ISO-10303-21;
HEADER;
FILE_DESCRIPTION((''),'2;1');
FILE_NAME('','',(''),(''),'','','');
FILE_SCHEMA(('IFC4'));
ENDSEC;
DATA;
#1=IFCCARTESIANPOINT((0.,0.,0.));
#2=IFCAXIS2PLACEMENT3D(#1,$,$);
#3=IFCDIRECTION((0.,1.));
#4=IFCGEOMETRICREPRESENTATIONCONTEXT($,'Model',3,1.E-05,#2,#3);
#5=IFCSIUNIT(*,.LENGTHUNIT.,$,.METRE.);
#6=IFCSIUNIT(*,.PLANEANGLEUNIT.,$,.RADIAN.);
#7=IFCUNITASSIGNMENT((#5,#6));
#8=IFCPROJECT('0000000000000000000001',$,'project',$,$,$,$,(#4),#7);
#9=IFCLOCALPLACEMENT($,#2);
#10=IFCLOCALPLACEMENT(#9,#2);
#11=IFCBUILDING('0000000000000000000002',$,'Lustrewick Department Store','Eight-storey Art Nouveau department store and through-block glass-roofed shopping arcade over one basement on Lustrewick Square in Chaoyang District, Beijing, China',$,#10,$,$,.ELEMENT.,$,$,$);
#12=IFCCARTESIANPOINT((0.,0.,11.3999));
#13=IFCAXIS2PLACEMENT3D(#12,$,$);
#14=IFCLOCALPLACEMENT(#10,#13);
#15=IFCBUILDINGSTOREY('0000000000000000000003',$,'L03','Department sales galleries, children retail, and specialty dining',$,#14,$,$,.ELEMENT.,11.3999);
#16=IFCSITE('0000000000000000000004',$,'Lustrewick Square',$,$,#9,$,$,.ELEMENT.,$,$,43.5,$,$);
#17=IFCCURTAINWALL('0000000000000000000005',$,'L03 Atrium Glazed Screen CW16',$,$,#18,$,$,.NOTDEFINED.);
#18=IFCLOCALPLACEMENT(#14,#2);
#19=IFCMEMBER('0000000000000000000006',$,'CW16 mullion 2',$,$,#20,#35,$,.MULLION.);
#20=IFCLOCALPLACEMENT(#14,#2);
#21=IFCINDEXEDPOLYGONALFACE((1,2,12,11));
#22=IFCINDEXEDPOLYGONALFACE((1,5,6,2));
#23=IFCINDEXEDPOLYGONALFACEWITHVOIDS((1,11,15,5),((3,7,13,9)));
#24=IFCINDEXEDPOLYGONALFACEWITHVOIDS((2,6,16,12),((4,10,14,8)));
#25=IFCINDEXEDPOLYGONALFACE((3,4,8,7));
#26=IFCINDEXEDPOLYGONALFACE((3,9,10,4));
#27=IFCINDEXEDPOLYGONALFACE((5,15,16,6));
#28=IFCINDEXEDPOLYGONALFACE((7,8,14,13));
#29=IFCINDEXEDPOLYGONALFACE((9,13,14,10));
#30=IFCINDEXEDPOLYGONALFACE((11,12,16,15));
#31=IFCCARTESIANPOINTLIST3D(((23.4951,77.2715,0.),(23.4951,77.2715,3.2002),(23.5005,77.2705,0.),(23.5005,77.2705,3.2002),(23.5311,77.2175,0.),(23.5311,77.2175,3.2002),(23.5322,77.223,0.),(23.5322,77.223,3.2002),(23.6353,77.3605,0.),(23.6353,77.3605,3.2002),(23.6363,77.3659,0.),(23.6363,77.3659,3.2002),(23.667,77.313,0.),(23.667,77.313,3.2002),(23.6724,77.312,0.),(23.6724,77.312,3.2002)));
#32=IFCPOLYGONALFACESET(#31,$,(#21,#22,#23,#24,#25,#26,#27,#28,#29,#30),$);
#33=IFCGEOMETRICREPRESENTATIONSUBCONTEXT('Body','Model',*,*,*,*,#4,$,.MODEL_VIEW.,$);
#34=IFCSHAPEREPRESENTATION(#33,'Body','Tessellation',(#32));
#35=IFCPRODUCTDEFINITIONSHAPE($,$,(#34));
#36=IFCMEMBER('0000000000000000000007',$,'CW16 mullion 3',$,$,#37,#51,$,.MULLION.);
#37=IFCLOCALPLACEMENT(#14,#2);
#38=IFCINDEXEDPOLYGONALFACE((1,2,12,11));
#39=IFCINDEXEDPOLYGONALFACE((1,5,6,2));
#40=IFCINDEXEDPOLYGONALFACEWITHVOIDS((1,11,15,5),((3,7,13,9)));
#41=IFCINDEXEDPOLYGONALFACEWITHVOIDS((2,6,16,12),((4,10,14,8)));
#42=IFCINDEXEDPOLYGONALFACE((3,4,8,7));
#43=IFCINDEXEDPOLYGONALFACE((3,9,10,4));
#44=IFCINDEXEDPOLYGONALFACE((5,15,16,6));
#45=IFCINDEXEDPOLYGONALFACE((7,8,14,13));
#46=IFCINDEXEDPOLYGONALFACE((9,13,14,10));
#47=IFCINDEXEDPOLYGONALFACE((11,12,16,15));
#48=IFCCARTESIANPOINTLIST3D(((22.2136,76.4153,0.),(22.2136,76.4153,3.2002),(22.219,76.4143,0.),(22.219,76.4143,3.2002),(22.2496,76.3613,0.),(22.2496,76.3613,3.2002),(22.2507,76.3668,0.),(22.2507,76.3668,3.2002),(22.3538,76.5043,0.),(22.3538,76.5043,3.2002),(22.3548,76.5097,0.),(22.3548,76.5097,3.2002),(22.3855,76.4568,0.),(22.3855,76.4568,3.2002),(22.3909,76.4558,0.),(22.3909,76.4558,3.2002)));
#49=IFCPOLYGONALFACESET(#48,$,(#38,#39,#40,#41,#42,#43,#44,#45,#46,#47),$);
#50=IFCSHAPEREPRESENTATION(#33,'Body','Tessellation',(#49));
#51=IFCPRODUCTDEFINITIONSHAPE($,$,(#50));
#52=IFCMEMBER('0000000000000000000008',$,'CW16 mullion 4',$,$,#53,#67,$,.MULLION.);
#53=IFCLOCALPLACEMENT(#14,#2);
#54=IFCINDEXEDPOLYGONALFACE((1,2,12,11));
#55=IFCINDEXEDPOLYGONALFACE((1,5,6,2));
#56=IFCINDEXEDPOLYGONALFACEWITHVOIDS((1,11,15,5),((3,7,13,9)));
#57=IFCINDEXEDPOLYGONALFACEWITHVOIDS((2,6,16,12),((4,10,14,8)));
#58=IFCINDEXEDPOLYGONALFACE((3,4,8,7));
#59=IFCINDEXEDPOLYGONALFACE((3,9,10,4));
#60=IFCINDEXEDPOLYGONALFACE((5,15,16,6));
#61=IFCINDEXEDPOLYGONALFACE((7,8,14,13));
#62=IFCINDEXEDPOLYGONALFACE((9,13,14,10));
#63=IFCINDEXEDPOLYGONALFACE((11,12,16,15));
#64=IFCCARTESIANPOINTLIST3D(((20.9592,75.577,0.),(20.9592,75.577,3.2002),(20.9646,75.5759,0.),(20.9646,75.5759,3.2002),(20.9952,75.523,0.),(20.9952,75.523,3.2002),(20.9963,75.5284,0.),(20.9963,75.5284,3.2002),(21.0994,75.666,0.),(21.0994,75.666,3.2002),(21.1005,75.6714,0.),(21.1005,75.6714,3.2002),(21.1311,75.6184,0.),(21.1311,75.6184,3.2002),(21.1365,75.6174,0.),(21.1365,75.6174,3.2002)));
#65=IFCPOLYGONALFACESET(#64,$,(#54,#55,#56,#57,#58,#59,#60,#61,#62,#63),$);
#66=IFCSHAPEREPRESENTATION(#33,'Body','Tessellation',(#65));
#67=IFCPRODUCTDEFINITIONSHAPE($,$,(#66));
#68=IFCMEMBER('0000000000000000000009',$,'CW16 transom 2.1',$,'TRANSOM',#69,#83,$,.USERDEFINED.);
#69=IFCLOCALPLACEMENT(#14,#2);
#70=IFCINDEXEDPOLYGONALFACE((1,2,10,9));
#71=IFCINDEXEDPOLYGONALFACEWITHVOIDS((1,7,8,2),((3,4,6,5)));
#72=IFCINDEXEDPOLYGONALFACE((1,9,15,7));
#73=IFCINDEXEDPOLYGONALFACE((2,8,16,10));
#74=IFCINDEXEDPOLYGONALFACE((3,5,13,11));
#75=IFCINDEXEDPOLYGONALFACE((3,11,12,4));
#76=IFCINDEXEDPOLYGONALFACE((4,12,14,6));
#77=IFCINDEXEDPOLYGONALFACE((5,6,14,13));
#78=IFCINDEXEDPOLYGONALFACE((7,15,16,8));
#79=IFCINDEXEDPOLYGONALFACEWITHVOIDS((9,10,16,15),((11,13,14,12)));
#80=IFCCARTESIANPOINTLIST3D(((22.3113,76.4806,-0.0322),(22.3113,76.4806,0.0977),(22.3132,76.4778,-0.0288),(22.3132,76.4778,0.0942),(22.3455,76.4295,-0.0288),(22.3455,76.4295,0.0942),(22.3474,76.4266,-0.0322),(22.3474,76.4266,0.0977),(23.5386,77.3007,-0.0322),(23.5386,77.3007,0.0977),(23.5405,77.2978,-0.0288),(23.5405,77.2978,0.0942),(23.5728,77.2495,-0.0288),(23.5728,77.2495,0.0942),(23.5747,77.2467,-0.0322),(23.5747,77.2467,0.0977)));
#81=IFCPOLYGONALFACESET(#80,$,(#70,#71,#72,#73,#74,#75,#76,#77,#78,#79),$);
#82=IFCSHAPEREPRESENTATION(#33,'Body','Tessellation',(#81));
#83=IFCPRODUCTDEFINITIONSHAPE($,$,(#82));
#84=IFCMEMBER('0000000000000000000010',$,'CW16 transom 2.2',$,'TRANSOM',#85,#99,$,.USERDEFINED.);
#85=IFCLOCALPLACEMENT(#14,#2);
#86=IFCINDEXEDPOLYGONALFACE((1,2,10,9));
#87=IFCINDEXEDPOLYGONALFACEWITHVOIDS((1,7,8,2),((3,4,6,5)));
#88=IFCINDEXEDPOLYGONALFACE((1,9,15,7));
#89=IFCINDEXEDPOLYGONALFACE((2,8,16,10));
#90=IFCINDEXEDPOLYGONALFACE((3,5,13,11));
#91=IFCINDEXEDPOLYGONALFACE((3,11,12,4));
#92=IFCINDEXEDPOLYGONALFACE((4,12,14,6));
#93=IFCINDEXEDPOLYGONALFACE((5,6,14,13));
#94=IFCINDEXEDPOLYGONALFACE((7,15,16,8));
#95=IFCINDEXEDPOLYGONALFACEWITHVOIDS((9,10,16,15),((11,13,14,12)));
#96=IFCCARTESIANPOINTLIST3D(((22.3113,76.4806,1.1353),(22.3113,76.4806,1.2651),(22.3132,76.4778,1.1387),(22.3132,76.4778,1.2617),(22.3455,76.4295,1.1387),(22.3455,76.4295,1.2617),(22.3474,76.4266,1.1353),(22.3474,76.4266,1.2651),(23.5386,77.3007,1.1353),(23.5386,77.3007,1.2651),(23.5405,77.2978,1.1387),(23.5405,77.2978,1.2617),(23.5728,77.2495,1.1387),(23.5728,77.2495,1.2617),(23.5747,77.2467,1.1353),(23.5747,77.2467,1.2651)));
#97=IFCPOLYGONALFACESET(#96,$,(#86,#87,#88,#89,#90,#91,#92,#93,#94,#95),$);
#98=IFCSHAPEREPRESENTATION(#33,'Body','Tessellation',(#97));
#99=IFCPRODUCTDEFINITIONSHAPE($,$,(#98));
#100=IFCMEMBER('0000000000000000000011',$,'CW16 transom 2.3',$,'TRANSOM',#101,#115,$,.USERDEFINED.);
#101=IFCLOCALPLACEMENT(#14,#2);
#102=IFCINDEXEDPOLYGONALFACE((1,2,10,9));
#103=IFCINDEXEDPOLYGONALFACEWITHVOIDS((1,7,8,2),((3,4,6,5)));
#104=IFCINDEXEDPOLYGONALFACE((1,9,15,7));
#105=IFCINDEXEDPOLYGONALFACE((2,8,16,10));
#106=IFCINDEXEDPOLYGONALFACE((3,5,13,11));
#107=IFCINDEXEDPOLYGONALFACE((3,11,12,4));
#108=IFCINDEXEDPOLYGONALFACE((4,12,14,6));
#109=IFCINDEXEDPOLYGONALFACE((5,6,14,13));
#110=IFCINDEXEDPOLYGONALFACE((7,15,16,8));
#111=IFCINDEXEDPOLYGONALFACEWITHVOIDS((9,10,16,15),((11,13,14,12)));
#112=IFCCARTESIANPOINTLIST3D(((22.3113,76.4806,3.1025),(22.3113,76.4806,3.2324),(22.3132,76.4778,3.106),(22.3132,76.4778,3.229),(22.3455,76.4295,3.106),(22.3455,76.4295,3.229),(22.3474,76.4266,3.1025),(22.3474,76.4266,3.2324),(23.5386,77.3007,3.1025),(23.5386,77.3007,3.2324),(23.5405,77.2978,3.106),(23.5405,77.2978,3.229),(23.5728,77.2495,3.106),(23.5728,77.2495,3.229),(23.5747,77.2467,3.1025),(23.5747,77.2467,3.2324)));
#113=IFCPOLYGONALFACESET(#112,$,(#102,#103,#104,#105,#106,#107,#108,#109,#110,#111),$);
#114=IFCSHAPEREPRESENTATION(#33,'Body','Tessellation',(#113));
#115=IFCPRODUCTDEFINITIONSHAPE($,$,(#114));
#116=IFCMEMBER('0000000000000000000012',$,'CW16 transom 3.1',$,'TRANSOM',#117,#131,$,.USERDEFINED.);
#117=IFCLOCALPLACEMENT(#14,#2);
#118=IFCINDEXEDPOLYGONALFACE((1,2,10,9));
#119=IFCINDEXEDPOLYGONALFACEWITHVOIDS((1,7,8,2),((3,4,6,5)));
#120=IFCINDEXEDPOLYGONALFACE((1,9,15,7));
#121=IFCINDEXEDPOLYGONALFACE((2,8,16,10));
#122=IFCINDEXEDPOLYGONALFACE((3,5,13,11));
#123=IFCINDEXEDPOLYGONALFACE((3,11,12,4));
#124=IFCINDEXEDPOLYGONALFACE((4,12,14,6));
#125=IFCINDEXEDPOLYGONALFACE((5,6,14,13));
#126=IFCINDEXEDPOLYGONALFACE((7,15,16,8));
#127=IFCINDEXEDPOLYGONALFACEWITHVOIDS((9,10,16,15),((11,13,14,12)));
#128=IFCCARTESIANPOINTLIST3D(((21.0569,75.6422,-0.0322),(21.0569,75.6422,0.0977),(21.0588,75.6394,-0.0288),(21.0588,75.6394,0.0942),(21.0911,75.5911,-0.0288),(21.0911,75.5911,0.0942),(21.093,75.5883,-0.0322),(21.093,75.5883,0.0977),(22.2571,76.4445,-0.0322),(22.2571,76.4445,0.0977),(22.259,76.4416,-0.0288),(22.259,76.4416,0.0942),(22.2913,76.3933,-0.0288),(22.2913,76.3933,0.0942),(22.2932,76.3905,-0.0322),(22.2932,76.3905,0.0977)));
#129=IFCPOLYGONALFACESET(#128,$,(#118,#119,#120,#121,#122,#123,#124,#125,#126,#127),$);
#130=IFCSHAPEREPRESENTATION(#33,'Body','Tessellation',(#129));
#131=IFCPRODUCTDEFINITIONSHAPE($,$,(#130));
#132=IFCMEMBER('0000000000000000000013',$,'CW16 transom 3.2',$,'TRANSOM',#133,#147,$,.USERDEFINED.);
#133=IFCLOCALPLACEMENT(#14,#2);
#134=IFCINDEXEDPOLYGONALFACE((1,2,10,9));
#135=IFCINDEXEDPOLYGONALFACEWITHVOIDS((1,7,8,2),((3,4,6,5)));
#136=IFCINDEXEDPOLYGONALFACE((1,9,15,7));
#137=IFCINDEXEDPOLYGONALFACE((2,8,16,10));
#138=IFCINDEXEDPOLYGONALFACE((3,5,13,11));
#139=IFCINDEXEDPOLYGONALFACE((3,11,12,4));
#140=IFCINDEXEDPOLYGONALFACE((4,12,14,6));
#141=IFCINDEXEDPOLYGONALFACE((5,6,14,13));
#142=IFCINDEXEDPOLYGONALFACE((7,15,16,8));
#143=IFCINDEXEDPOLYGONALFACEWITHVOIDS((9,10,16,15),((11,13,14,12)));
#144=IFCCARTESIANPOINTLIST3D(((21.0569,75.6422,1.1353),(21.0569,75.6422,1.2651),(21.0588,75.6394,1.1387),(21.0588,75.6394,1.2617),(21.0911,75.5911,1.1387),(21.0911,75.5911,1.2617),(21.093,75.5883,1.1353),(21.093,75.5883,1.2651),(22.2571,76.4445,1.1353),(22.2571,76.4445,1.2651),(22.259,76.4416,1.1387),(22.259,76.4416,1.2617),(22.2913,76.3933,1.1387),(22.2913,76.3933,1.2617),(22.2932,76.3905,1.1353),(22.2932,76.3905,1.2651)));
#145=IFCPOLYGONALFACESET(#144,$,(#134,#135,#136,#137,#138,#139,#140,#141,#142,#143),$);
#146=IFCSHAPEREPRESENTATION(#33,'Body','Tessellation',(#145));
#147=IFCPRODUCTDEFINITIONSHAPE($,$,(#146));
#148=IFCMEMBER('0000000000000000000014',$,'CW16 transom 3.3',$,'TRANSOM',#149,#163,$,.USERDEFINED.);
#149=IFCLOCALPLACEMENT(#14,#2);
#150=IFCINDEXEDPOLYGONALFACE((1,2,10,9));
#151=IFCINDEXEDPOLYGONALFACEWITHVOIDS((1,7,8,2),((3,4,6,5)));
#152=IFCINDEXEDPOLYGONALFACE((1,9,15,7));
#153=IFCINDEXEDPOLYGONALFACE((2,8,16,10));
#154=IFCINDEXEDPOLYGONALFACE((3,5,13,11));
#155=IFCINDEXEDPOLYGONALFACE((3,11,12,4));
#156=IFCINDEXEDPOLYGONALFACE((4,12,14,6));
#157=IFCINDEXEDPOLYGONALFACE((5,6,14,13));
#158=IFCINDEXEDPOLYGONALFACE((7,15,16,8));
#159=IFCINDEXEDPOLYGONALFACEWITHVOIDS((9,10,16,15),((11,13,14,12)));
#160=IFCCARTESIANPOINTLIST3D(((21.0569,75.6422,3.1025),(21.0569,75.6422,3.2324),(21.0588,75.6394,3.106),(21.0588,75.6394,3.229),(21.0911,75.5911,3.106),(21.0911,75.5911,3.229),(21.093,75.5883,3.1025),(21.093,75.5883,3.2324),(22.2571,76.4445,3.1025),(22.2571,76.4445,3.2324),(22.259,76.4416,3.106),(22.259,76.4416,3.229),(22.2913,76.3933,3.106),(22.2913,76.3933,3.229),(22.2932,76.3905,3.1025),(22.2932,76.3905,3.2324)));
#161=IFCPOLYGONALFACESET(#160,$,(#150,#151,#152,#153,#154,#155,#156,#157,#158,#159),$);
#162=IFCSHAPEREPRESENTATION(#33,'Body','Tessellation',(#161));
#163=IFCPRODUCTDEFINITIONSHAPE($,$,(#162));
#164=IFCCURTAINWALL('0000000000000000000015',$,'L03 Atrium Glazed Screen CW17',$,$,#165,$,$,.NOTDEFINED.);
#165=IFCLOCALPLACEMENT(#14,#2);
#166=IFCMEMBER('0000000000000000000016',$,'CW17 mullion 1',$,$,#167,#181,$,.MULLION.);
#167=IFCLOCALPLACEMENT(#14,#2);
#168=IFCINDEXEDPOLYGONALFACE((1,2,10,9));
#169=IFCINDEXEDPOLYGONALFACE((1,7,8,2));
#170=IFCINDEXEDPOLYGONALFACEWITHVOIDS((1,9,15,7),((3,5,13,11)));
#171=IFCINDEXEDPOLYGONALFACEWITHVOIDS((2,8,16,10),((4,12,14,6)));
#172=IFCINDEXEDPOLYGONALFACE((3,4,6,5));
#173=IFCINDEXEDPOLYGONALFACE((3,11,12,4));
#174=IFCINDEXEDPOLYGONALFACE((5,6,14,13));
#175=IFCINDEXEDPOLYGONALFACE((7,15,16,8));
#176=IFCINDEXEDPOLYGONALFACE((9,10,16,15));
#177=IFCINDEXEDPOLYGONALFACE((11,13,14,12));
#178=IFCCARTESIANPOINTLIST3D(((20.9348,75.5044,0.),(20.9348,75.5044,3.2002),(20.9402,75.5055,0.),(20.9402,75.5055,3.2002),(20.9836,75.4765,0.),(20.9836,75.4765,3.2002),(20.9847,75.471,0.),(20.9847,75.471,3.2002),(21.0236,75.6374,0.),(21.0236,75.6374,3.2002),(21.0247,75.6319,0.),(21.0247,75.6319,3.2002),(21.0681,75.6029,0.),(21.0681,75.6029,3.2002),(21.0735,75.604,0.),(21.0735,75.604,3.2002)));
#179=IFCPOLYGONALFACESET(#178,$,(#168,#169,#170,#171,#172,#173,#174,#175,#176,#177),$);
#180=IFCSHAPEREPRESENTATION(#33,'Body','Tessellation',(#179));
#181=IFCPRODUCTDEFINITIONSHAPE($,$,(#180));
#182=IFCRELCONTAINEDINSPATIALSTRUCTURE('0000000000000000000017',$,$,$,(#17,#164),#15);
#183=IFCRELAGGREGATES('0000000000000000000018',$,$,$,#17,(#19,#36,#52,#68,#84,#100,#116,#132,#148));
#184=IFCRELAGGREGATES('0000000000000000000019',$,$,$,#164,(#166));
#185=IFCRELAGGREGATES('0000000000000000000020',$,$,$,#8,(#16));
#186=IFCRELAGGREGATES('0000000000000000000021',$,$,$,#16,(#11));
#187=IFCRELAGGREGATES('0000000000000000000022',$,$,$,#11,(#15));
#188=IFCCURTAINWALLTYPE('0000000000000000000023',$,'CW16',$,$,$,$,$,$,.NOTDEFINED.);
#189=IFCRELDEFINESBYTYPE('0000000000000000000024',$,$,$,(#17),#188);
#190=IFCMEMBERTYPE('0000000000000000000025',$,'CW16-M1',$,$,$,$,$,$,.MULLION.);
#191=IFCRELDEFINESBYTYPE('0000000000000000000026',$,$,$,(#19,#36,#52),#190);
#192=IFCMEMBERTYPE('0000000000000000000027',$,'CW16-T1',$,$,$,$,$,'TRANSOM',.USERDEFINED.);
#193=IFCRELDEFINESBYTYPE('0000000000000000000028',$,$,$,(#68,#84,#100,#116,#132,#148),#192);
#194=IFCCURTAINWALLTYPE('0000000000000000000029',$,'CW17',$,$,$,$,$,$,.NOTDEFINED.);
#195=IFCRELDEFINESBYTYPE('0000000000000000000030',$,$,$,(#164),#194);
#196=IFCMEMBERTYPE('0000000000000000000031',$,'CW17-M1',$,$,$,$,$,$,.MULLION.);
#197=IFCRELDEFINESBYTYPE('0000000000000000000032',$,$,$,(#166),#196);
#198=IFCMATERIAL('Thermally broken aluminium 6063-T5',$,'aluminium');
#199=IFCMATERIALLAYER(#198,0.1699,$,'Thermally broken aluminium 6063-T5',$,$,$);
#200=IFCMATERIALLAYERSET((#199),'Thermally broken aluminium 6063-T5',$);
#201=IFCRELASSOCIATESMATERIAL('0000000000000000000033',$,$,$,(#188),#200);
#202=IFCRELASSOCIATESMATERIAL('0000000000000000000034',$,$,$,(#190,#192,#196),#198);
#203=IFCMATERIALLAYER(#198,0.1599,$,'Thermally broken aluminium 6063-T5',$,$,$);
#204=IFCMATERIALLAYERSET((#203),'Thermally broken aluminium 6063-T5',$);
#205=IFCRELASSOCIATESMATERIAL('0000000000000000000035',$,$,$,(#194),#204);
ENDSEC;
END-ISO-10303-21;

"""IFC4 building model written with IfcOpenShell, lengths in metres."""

from ifc_helpers import new_model, si_unit, direction, frame, origin, origin_2d, place, context, subcontext, project, spatial, hollow_rectangle, extrude, material, layer, layer_set, material_profile, profile_set, type_object, element, aggregate, save


model = new_model("IFC4")

# Units and contexts
model_context = context("Model", 3, precision=1e-05, world=origin(), true_north=direction((0.0, 1.0)))
body_context = subcontext(model_context, "Body", "Model", "MODEL_VIEW")
ifc_project = project(units=[si_unit("LENGTHUNIT", "METRE"), si_unit("PLANEANGLEUNIT", "RADIAN")], contexts=[model_context])

# Site, building, storey
site_placement = place(None, origin())
site = spatial("IfcSite", under=ifc_project, at=site_placement, Name="Lustrewick Square", CompositionType="ELEMENT", RefElevation=43.5)
building_placement = place(site_placement, origin())
building = spatial("IfcBuilding", under=site, at=building_placement, Name="Lustrewick Department Store", Description="Eight-storey Art Nouveau department store and through-block glass-roofed shopping arcade over one basement on Lustrewick Square in Chaoyang District, Beijing, China", CompositionType="ELEMENT")
storey_placement = place(building_placement, frame((0.0, 0.0, 11.3999)))
storey = spatial("IfcBuildingStorey", under=building, at=storey_placement, Name="L03", Description="Department sales galleries, children retail, and specialty dining", CompositionType="ELEMENT", Elevation=11.3999)

# Curtain walls, members
ifc_material_1 = material(Name="Thermally broken aluminium 6063-T5", Category="aluminium")
ifc_layer_1 = layer(ifc_material_1, 0.1699, Name="Thermally broken aluminium 6063-T5")
ifc_layer_set_1 = layer_set([ifc_layer_1], Name="Thermally broken aluminium 6063-T5")
curtain_wall_type_1 = type_object("IfcCurtainWallType", Name="CW16", PredefinedType="NOTDEFINED", material=ifc_layer_set_1)
curtain_wall_1_placement = place(storey_placement, origin())
curtain_wall_1 = element("IfcCurtainWall", 1, at=curtain_wall_1_placement, inside=storey, type_object=curtain_wall_type_1, Name="L03 Atrium Glazed Screen CW16", PredefinedType="NOTDEFINED")
ifc_material_profile_1 = material_profile(ifc_material_1, hollow_rectangle(XDim=0.0649, YDim=0.1699, WallThickness=0.0039, at=origin_2d()), Name="ALU-M 65x170x4")
ifc_profile_set_1 = profile_set([ifc_material_profile_1], Name="Thermally broken aluminium 6063-T5")
member_type_1 = type_object("IfcMemberType", Name="CW16-M1", PredefinedType="MULLION", material=ifc_profile_set_1)
member_1_placement = place(storey_placement, frame((23.5837, 77.2917, 0.0), z_axis=(0.0, 0.0, 1.0), x_axis=(0.555578, -0.831464, 0.0)))
member_1 = element("IfcMember", 2, at=member_1_placement, type_object=member_type_1, Name="CW16 mullion 2", PredefinedType="MULLION", context=body_context, shape_type="SweptSolid", body=[
    extrude(hollow_rectangle(XDim=0.0649, YDim=0.1699, WallThickness=0.0039, at=origin_2d()), origin(), (0.0, 0.0, 1.0), 3.2002),
])
member_2_placement = place(storey_placement, frame((22.3022, 76.4355, 0.0), z_axis=(0.0, 0.0, 1.0), x_axis=(0.555578, -0.831464, 0.0)))
member_2 = element("IfcMember", 3, at=member_2_placement, type_object=member_type_1, Name="CW16 mullion 3", PredefinedType="MULLION", context=body_context, shape_type="SweptSolid", body=[
    extrude(hollow_rectangle(XDim=0.0649, YDim=0.1699, WallThickness=0.0039, at=origin_2d()), origin(), (0.0, 0.0, 1.0), 3.2002),
])
member_3_placement = place(storey_placement, frame((21.0479, 75.5972, 0.0), z_axis=(0.0, 0.0, 1.0), x_axis=(0.555578, -0.831464, 0.0)))
member_3 = element("IfcMember", 4, at=member_3_placement, type_object=member_type_1, Name="CW16 mullion 4", PredefinedType="MULLION", context=body_context, shape_type="SweptSolid", body=[
    extrude(hollow_rectangle(XDim=0.0649, YDim=0.1699, WallThickness=0.0039, at=origin_2d()), origin(), (0.0, 0.0, 1.0), 3.2002),
])
ifc_material_profile_2 = material_profile(ifc_material_1, hollow_rectangle(XDim=0.0649, YDim=0.1299, WallThickness=0.0034, at=origin_2d()), Name="ALU-T 65x130x3.5")
ifc_profile_set_2 = profile_set([ifc_material_profile_2], Name="Thermally broken aluminium 6063-T5")
member_type_2 = type_object("IfcMemberType", Name="CW16-T1", ElementType="TRANSOM", PredefinedType="USERDEFINED", material=ifc_profile_set_2)
member_4_placement = place(storey_placement, frame((23.5566, 77.2737, 0.0327), z_axis=(-0.831465, -0.555578, 0.0), x_axis=(0.555578, -0.831465, 0.0)))
member_4 = element("IfcMember", 5, at=member_4_placement, type_object=member_type_2, Name="CW16 transom 2.1", ObjectType="TRANSOM", PredefinedType="USERDEFINED", context=body_context, shape_type="SweptSolid", body=[
    extrude(hollow_rectangle(XDim=0.0649, YDim=0.1299, WallThickness=0.0034, at=origin_2d()), origin(), (0.0, 0.0, 1.0), 1.4761),
])
member_5_placement = place(storey_placement, frame((23.5566, 77.2737, 1.2002), z_axis=(-0.831465, -0.555578, 0.0), x_axis=(0.555578, -0.831465, 0.0)))
member_5 = element("IfcMember", 6, at=member_5_placement, type_object=member_type_2, Name="CW16 transom 2.2", ObjectType="TRANSOM", PredefinedType="USERDEFINED", context=body_context, shape_type="SweptSolid", body=[
    extrude(hollow_rectangle(XDim=0.0649, YDim=0.1299, WallThickness=0.0034, at=origin_2d()), origin(), (0.0, 0.0, 1.0), 1.4761),
])
member_6_placement = place(storey_placement, frame((23.5566, 77.2737, 3.1675), z_axis=(-0.831465, -0.555578, 0.0), x_axis=(0.555578, -0.831465, 0.0)))
member_6 = element("IfcMember", 7, at=member_6_placement, type_object=member_type_2, Name="CW16 transom 2.3", ObjectType="TRANSOM", PredefinedType="USERDEFINED", context=body_context, shape_type="SweptSolid", body=[
    extrude(hollow_rectangle(XDim=0.0649, YDim=0.1299, WallThickness=0.0034, at=origin_2d()), origin(), (0.0, 0.0, 1.0), 1.4761),
])
member_7_placement = place(storey_placement, frame((22.2751, 76.4175, 0.0327), z_axis=(-0.831373, -0.555714, 0.0), x_axis=(0.555714, -0.831373, 0.0)))
member_7 = element("IfcMember", 8, at=member_7_placement, type_object=member_type_2, Name="CW16 transom 3.1", ObjectType="TRANSOM", PredefinedType="USERDEFINED", context=body_context, shape_type="SweptSolid", body=[
    extrude(hollow_rectangle(XDim=0.0649, YDim=0.1299, WallThickness=0.0034, at=origin_2d()), origin(), (0.0, 0.0, 1.0), 1.4436),
])
member_8_placement = place(storey_placement, frame((22.2751, 76.4175, 1.2002), z_axis=(-0.831373, -0.555714, 0.0), x_axis=(0.555714, -0.831373, 0.0)))
member_8 = element("IfcMember", 9, at=member_8_placement, type_object=member_type_2, Name="CW16 transom 3.2", ObjectType="TRANSOM", PredefinedType="USERDEFINED", context=body_context, shape_type="SweptSolid", body=[
    extrude(hollow_rectangle(XDim=0.0649, YDim=0.1299, WallThickness=0.0034, at=origin_2d()), origin(), (0.0, 0.0, 1.0), 1.4436),
])
member_9_placement = place(storey_placement, frame((22.2751, 76.4175, 3.1675), z_axis=(-0.831373, -0.555714, 0.0), x_axis=(0.555714, -0.831373, 0.0)))
member_9 = element("IfcMember", 10, at=member_9_placement, type_object=member_type_2, Name="CW16 transom 3.3", ObjectType="TRANSOM", PredefinedType="USERDEFINED", context=body_context, shape_type="SweptSolid", body=[
    extrude(hollow_rectangle(XDim=0.0649, YDim=0.1299, WallThickness=0.0034, at=origin_2d()), origin(), (0.0, 0.0, 1.0), 1.4436),
])
ifc_layer_2 = layer(ifc_material_1, 0.1599, Name="Thermally broken aluminium 6063-T5")
ifc_layer_set_2 = layer_set([ifc_layer_2], Name="Thermally broken aluminium 6063-T5")
curtain_wall_type_2 = type_object("IfcCurtainWallType", Name="CW17", PredefinedType="NOTDEFINED", material=ifc_layer_set_2)
curtain_wall_2_placement = place(storey_placement, origin())
curtain_wall_2 = element("IfcCurtainWall", 11, at=curtain_wall_2_placement, inside=storey, type_object=curtain_wall_type_2, Name="L03 Atrium Glazed Screen CW17", PredefinedType="NOTDEFINED")
ifc_material_profile_3 = material_profile(ifc_material_1, hollow_rectangle(XDim=0.0601, YDim=0.1599, WallThickness=0.0039, at=origin_2d()), Name="ALU-M 60x160x4")
ifc_profile_set_3 = profile_set([ifc_material_profile_3], Name="Thermally broken aluminium 6063-T5")
member_type_3 = type_object("IfcMemberType", Name="CW17-M1", PredefinedType="MULLION", material=ifc_profile_set_3)
member_10_placement = place(storey_placement, frame((21.0042, 75.5542, 0.0), z_axis=(0.0, 0.0, 1.0), x_axis=(0.831464, -0.555578, 0.0)))
member_10 = element("IfcMember", 12, at=member_10_placement, type_object=member_type_3, Name="CW17 mullion 1", PredefinedType="MULLION", context=body_context, shape_type="SweptSolid", body=[
    extrude(hollow_rectangle(XDim=0.0601, YDim=0.1599, WallThickness=0.0039, at=origin_2d()), origin(), (0.0, 0.0, 1.0), 3.2002),
])

aggregate(curtain_wall_1, [member_1, member_2, member_3, member_4, member_5, member_6, member_7, member_8, member_9])
aggregate(curtain_wall_2, [member_10])

save(model, "model.ifc")
